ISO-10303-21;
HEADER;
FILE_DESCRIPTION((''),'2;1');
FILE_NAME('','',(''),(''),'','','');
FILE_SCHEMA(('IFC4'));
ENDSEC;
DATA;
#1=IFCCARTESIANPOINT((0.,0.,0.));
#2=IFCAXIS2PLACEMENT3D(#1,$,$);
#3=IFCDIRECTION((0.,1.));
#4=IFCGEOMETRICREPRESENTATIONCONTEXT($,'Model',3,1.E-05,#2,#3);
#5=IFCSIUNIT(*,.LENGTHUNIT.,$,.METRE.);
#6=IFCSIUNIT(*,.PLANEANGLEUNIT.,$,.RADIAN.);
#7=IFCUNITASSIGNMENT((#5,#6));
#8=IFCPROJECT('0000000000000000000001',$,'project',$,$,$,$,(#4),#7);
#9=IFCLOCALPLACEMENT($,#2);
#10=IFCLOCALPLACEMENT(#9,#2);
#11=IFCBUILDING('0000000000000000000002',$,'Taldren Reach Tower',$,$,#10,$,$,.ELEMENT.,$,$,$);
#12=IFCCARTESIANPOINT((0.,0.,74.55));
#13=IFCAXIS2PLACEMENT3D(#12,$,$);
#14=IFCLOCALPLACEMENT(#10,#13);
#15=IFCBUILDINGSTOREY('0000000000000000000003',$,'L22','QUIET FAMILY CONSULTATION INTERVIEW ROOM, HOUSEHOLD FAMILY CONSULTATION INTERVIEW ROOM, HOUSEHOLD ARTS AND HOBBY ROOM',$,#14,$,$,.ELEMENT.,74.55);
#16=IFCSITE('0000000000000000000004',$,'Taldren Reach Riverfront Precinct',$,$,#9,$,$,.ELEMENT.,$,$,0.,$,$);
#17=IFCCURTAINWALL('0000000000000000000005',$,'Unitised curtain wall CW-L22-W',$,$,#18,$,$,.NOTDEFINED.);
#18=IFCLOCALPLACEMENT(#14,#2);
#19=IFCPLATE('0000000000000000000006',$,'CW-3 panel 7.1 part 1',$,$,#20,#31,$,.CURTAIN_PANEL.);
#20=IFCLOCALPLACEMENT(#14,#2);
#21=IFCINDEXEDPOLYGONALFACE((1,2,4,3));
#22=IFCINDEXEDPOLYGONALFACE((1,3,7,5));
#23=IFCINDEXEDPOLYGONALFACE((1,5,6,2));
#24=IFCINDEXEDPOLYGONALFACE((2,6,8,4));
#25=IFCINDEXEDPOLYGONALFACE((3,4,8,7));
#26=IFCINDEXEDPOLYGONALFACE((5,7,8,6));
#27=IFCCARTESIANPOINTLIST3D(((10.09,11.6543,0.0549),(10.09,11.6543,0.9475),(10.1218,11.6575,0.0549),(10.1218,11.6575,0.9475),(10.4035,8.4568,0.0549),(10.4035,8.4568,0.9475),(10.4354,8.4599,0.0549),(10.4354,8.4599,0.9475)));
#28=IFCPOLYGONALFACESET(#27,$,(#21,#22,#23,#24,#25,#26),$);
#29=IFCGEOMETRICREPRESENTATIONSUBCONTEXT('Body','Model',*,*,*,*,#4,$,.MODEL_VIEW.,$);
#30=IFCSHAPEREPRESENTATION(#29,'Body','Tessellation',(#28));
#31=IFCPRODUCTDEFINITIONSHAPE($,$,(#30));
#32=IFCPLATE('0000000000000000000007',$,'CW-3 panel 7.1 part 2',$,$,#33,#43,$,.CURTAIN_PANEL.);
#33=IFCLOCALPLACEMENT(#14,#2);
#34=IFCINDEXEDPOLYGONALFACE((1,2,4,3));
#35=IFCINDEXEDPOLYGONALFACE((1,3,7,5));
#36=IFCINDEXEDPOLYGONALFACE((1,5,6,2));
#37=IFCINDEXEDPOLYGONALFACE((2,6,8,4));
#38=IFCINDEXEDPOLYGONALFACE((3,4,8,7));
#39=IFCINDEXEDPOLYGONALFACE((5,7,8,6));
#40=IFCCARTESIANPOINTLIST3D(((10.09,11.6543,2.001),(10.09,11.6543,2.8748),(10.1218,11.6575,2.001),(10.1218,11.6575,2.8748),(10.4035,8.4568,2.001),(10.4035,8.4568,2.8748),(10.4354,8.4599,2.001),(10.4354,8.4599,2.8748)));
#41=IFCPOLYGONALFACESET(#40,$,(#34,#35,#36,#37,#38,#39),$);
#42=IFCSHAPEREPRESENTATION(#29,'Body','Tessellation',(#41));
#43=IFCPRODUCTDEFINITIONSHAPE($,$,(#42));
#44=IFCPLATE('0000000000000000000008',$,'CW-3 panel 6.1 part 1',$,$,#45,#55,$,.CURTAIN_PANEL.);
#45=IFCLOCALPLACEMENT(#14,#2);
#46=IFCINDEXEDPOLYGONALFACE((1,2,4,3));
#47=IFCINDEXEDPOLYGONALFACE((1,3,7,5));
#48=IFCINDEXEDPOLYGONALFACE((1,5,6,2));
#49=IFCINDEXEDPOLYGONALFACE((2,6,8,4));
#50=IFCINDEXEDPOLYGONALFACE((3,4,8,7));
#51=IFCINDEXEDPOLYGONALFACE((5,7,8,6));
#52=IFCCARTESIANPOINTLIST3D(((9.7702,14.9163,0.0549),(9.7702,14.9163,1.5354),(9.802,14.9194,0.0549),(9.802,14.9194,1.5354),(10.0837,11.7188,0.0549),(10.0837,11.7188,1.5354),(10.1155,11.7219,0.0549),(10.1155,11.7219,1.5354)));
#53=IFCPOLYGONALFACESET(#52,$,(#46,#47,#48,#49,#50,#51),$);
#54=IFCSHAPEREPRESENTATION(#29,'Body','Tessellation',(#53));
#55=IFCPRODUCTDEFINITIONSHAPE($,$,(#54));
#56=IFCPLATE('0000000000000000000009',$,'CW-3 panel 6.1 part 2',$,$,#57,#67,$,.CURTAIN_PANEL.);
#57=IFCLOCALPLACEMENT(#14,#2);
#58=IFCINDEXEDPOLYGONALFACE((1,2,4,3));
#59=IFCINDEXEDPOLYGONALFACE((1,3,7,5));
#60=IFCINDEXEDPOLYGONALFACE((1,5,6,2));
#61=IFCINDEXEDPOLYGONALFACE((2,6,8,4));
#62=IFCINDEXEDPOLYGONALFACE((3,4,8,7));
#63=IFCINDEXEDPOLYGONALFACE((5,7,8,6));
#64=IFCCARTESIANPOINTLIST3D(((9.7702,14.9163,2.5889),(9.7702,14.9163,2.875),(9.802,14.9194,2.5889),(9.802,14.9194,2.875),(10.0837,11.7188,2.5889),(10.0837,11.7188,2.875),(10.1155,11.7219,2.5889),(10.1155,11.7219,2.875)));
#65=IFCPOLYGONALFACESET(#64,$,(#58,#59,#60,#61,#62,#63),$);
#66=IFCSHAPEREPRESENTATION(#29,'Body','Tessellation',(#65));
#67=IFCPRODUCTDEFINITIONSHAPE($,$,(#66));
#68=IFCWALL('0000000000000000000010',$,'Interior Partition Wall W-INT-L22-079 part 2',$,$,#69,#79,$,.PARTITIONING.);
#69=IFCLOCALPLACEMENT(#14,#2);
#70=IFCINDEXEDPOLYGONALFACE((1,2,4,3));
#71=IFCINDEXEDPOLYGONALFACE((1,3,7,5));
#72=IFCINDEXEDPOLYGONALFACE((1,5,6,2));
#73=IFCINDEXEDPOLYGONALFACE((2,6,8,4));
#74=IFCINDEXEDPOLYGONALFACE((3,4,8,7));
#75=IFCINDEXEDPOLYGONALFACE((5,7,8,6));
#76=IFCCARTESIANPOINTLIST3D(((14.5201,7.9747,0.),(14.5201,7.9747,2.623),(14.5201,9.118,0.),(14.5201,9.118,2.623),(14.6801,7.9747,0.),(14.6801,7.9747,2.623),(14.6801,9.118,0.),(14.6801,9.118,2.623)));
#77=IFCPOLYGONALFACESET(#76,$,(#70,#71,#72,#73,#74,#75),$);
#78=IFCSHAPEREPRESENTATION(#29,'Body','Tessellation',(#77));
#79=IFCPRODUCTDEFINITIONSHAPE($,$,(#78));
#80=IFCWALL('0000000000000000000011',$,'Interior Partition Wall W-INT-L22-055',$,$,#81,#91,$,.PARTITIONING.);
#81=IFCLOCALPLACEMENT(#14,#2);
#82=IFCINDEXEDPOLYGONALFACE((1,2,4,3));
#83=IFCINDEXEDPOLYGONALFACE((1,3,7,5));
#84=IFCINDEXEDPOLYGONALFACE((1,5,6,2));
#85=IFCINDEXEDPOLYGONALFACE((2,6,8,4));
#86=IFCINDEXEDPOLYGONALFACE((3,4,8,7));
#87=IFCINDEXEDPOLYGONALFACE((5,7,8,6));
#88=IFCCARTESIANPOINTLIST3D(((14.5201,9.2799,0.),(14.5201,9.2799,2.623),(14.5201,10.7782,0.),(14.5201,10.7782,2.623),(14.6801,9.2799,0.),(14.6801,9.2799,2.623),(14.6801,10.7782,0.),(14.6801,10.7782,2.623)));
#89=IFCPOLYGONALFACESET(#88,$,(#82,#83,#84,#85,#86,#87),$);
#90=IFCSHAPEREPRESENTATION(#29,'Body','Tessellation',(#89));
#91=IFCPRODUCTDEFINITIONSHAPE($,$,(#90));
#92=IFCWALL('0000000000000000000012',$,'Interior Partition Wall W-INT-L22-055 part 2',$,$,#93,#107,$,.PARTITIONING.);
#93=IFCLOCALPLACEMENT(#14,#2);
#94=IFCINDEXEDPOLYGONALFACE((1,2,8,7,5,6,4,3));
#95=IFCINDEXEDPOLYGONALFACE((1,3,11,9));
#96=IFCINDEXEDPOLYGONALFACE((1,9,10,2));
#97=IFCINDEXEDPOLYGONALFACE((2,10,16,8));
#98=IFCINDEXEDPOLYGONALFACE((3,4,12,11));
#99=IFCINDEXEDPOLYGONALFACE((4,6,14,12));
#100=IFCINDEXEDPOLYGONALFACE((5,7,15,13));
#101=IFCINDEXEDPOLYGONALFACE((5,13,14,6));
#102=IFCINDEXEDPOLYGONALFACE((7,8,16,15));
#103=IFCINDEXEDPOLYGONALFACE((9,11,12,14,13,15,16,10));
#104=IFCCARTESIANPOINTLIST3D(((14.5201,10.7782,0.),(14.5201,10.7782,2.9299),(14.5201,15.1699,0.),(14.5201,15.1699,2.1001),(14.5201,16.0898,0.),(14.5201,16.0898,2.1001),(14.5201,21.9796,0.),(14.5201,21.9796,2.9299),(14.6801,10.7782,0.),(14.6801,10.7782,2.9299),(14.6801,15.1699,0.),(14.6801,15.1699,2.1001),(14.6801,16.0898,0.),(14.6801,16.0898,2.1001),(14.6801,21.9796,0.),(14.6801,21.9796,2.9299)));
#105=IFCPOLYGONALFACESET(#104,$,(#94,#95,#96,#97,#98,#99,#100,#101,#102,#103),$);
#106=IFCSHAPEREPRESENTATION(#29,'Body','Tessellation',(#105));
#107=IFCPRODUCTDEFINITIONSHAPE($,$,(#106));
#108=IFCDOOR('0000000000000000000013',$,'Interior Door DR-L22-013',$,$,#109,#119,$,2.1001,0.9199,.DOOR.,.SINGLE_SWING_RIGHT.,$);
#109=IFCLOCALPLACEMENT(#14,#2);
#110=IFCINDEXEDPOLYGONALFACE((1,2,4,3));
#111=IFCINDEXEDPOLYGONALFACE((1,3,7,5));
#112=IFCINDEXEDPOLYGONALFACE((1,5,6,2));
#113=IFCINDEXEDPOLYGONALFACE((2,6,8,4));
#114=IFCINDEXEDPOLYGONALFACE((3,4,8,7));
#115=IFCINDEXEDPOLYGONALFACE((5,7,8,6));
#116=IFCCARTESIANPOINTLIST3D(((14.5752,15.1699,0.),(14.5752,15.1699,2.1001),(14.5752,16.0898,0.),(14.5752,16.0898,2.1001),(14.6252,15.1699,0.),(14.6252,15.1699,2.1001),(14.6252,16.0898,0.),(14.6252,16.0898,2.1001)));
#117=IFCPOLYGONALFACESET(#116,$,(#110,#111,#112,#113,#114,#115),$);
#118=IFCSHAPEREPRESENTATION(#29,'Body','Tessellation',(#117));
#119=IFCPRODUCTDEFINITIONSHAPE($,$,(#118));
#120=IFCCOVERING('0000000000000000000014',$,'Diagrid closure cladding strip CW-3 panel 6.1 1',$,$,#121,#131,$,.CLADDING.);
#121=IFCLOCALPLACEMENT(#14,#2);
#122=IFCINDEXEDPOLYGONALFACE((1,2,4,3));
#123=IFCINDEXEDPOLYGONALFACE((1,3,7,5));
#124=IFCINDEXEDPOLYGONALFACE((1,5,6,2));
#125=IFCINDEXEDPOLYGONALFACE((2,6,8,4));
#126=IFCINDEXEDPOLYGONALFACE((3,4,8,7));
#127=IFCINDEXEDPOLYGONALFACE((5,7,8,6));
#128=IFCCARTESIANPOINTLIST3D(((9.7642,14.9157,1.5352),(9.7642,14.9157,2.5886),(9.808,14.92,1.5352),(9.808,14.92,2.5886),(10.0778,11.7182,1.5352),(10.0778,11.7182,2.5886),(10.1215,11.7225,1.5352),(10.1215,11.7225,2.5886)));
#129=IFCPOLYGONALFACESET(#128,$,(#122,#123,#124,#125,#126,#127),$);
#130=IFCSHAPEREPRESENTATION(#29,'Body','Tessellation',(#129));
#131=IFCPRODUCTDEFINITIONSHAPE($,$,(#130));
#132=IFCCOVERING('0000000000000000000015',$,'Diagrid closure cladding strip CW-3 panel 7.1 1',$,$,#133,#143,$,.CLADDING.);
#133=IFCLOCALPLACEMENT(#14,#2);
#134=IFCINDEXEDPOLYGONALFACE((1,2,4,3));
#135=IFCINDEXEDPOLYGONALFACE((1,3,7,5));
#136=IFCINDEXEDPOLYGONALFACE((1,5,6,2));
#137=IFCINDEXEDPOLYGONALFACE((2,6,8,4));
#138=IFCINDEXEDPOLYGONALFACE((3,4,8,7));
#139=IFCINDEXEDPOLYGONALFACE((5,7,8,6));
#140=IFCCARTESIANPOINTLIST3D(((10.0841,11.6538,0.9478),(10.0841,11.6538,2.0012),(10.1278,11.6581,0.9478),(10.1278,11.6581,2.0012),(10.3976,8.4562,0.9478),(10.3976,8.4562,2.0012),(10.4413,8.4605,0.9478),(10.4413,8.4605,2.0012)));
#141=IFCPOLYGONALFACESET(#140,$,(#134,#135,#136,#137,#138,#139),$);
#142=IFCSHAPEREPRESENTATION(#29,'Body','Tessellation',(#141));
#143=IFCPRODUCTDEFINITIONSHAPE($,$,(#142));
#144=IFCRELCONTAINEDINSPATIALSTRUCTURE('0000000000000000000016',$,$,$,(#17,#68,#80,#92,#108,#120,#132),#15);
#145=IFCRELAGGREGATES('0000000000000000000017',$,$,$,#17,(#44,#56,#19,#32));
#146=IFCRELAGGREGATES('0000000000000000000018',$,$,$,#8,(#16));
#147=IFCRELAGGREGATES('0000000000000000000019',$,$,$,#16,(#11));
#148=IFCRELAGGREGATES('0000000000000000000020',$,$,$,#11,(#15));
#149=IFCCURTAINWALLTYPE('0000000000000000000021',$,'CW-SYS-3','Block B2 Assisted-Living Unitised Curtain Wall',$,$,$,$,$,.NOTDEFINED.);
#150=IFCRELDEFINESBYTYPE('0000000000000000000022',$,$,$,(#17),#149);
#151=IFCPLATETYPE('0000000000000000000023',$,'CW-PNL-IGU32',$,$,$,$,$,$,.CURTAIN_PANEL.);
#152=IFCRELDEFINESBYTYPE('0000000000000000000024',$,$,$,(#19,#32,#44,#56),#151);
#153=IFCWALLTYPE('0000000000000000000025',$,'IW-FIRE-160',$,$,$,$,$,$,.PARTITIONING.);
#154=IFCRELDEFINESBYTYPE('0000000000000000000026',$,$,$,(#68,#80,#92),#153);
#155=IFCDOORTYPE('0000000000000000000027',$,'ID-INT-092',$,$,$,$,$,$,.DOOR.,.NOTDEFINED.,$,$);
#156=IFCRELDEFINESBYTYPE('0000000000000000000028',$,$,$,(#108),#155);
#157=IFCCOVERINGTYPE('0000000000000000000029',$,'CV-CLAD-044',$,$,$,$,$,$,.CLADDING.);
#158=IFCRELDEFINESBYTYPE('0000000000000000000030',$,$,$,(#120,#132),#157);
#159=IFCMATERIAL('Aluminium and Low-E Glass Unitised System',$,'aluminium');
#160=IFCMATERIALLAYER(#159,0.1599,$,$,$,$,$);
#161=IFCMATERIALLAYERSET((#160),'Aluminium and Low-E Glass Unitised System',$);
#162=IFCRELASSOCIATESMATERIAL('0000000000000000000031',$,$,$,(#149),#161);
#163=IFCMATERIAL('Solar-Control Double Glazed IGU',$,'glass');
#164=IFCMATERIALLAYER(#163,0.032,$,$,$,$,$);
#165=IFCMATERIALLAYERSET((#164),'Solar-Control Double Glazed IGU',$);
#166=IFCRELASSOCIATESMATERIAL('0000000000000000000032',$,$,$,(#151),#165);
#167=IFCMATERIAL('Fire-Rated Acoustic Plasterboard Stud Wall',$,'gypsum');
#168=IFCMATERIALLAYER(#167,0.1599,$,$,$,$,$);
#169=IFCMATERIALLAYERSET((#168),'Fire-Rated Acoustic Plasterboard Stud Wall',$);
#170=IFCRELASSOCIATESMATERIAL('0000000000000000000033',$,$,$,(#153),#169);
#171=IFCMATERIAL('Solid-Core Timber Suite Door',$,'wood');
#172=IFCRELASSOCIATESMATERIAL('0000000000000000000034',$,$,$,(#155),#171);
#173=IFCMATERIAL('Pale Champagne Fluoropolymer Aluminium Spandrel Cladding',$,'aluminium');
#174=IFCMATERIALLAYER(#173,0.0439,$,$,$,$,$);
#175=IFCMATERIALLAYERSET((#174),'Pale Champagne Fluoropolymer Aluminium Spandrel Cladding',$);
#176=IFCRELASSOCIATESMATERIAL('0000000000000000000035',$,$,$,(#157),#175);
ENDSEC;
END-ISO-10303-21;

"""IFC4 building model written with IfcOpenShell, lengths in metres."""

from ifc_helpers import new_model, si_unit, direction, frame, frame_2d, origin, origin_2d, place, context, subcontext, project, spatial, rectangle, extrude, source, transform, mapped, material, layer, layer_set, type_object, element, fill, aggregate, save


model = new_model("IFC4")

# Units and contexts
model_context = context("Model", 3, precision=1e-05, world=origin(), true_north=direction((0.0, 1.0)))
body_context = subcontext(model_context, "Body", "Model", "MODEL_VIEW")
ifc_project = project(units=[si_unit("LENGTHUNIT", "METRE"), si_unit("PLANEANGLEUNIT", "RADIAN")], contexts=[model_context])

# Site, building, storey
site_placement = place(None, origin())
site = spatial("IfcSite", under=ifc_project, at=site_placement, Name="Taldren Reach Riverfront Precinct", CompositionType="ELEMENT", RefElevation=0.0)
building_placement = place(site_placement, origin())
building = spatial("IfcBuilding", under=site, at=building_placement, Name="Taldren Reach Tower", CompositionType="ELEMENT")
storey_placement = place(building_placement, frame((0.0, 0.0, 74.55)))
storey = spatial("IfcBuildingStorey", under=building, at=storey_placement, Name="L22", Description="QUIET FAMILY CONSULTATION INTERVIEW ROOM, HOUSEHOLD FAMILY CONSULTATION INTERVIEW ROOM, HOUSEHOLD ARTS AND HOBBY ROOM", CompositionType="ELEMENT", Elevation=74.55)

# Curtain wall, plates
ifc_material_1 = material(Name="Aluminium and Low-E Glass Unitised System", Category="aluminium")
ifc_layer_1 = layer(ifc_material_1, 0.1599)
ifc_layer_set_1 = layer_set([ifc_layer_1], Name="Aluminium and Low-E Glass Unitised System")
curtain_wall_type = type_object("IfcCurtainWallType", Name="CW-SYS-3", Description="Block B2 Assisted-Living Unitised Curtain Wall", PredefinedType="NOTDEFINED", material=ifc_layer_set_1)
curtain_wall_placement = place(storey_placement, origin())
curtain_wall = element("IfcCurtainWall", 1, at=curtain_wall_placement, inside=storey, type_object=curtain_wall_type, Name="Unitised curtain wall CW-L22-W", PredefinedType="NOTDEFINED")
ifc_material_2 = material(Name="Solar-Control Double Glazed IGU", Category="glass")
ifc_layer_2 = layer(ifc_material_2, 0.032)
ifc_layer_set_2 = layer_set([ifc_layer_2], Name="Solar-Control Double Glazed IGU")
plate_type = type_object("IfcPlateType", Name="CW-PNL-IGU32", PredefinedType="CURTAIN_PANEL", material=ifc_layer_set_2)
shared_shape_1 = source(origin(), body_context, "Body", "SweptSolid", [
    extrude(rectangle(XDim=3.2129, YDim=0.032, at=origin_2d()), origin(), (0.0, 0.0, 1.0), 0.8926),
])
plate_1_placement = place(storey_placement, frame((10.2627, 10.0571, 0.0549), z_axis=(0.0, 0.0, 1.0), x_axis=(0.097583, -0.995227, 0.0)))
plate_1 = element("IfcPlate", 2, at=plate_1_placement, type_object=plate_type, Name="CW-3 panel 7.1 part 1", PredefinedType="CURTAIN_PANEL", context=body_context, shape_type="MappedRepresentation", body=[
    mapped(shared_shape_1, transform((0.0, 0.0, 0.0), scale=1.0)),
])
shared_shape_2 = source(origin(), body_context, "Body", "SweptSolid", [
    extrude(rectangle(XDim=3.2129, YDim=0.032, at=origin_2d()), origin(), (0.0, 0.0, 1.0), 0.8738),
])
plate_2_placement = place(storey_placement, frame((10.2627, 10.0571, 2.001), z_axis=(0.0, 0.0, 1.0), x_axis=(0.097583, -0.995227, 0.0)))
plate_2 = element("IfcPlate", 3, at=plate_2_placement, type_object=plate_type, Name="CW-3 panel 7.1 part 2", PredefinedType="CURTAIN_PANEL", context=body_context, shape_type="MappedRepresentation", body=[
    mapped(shared_shape_2, transform((0.0, 0.0, 0.0), scale=1.0)),
])
shared_shape_3 = source(origin(), body_context, "Body", "SweptSolid", [
    extrude(rectangle(XDim=3.2129, YDim=0.032, at=origin_2d()), origin(), (0.0, 0.0, 1.0), 1.4805),
])
plate_3_placement = place(storey_placement, frame((9.9429, 13.3191, 0.0549), z_axis=(0.0, 0.0, 1.0), x_axis=(0.097583, -0.995227, 0.0)))
plate_3 = element("IfcPlate", 4, at=plate_3_placement, type_object=plate_type, Name="CW-3 panel 6.1 part 1", PredefinedType="CURTAIN_PANEL", context=body_context, shape_type="MappedRepresentation", body=[
    mapped(shared_shape_3, transform((0.0, 0.0, 0.0), scale=1.0)),
])
shared_shape_4 = source(origin(), body_context, "Body", "SweptSolid", [
    extrude(rectangle(XDim=3.2129, YDim=0.032, at=origin_2d()), origin(), (0.0, 0.0, 1.0), 0.2861),
])
plate_4_placement = place(storey_placement, frame((9.9429, 13.3191, 2.5889), z_axis=(0.0, 0.0, 1.0), x_axis=(0.097583, -0.995227, 0.0)))
plate_4 = element("IfcPlate", 5, at=plate_4_placement, type_object=plate_type, Name="CW-3 panel 6.1 part 2", PredefinedType="CURTAIN_PANEL", context=body_context, shape_type="MappedRepresentation", body=[
    mapped(shared_shape_4, transform((0.0, 0.0, 0.0), scale=1.0)),
])
aggregate(curtain_wall, [plate_3, plate_4, plate_1, plate_2])

# Walls
ifc_material_3 = material(Name="Fire-Rated Acoustic Plasterboard Stud Wall", Category="gypsum")
ifc_layer_3 = layer(ifc_material_3, 0.1599)
ifc_layer_set_3 = layer_set([ifc_layer_3], Name="Fire-Rated Acoustic Plasterboard Stud Wall")
wall_type = type_object("IfcWallType", Name="IW-FIRE-160", PredefinedType="PARTITIONING", material=ifc_layer_set_3)
shared_shape_5 = source(origin(), body_context, "Body", "SweptSolid", [
    extrude(rectangle(XDim=1.1433, YDim=0.1599, at=frame_2d((0.5718, 0.0))), origin(), (0.0, 0.0, 1.0), 2.623),
])
wall_1_placement = place(storey_placement, frame((14.6001, 7.9746, 0.0), z_axis=(0.0, 0.0, 1.0), x_axis=(0.0, 1.0, 0.0)))
element("IfcWall", 6, at=wall_1_placement, inside=storey, type_object=wall_type, Name="Interior Partition Wall W-INT-L22-079 part 2", PredefinedType="PARTITIONING", context=body_context, shape_type="MappedRepresentation", body=[
    mapped(shared_shape_5, transform((0.0, 0.0, 0.0), scale=1.0)),
])
shared_shape_6 = source(origin(), body_context, "Body", "SweptSolid", [
    extrude(rectangle(XDim=1.4983, YDim=0.1599, at=frame_2d((0.749, 0.0))), origin(), (0.0, 0.0, 1.0), 2.623),
])
wall_2_placement = place(storey_placement, frame((14.6001, 9.28, 0.0), z_axis=(0.0, 0.0, 1.0), x_axis=(0.0, 1.0, 0.0)))
element("IfcWall", 7, at=wall_2_placement, inside=storey, type_object=wall_type, Name="Interior Partition Wall W-INT-L22-055", PredefinedType="PARTITIONING", context=body_context, shape_type="MappedRepresentation", body=[
    mapped(shared_shape_6, transform((0.0, 0.0, 0.0), scale=1.0)),
])

# Wall, opening, door
shared_shape_7 = source(origin(), body_context, "Body", "SweptSolid", [
    extrude(rectangle(XDim=11.2014, YDim=0.1599, at=frame_2d((5.6006, 0.0))), origin(), (0.0, 0.0, 1.0), 2.9299),
])
wall_3_placement = place(storey_placement, frame((14.6001, 10.7783, 0.0), z_axis=(0.0, 0.0, 1.0), x_axis=(0.0, 1.0, 0.0)))
wall_3 = element("IfcWall", 8, at=wall_3_placement, inside=storey, type_object=wall_type, Name="Interior Partition Wall W-INT-L22-055 part 2", PredefinedType="PARTITIONING", context=body_context, shape_type="MappedRepresentation", body=[
    mapped(shared_shape_7, transform((0.0, 0.0, 0.0), scale=1.0)),
])
shared_shape_8 = source(origin(), body_context, "Body", "SweptSolid", [
    extrude(rectangle(XDim=0.9199, YDim=2.1001, at=frame_2d((0.46, 1.05))), frame((0.0, 0.0898, 0.0), z_axis=(0.0, -1.0, 0.0), x_axis=(1.0, 0.0, 0.0)), (0.0, 0.0, 1.0), 0.1799),
])
opening_placement = place(wall_3_placement, frame((4.3916, 0.0, 0.0)))
opening = element("IfcOpeningElement", 9, at=opening_placement, cuts=wall_3, PredefinedType="OPENING", context=body_context, shape_type="MappedRepresentation", body=[
    mapped(shared_shape_8, transform((0.0, 0.0, 0.0), scale=1.0)),
])
ifc_material_4 = material(Name="Solid-Core Timber Suite Door", Category="wood")
door_type = type_object("IfcDoorType", Name="ID-INT-092", OperationType="NOTDEFINED", PredefinedType="DOOR", material=ifc_material_4)
shared_shape_9 = source(origin(), body_context, "Body", "SweptSolid", [
    extrude(rectangle(XDim=0.9199, YDim=2.1001, at=frame_2d((0.46, 1.05))), frame((0.0, 0.0249, 0.0), z_axis=(0.0, -1.0, 0.0), x_axis=(1.0, 0.0, 0.0)), (0.0, 0.0, 1.0), 0.05),
])
door_placement = place(opening_placement, origin())
door = element("IfcDoor", 10, at=door_placement, inside=storey, type_object=door_type, Name="Interior Door DR-L22-013", OperationType="SINGLE_SWING_RIGHT", OverallHeight=2.1001, OverallWidth=0.9199, PredefinedType="DOOR", context=body_context, shape_type="MappedRepresentation", body=[
    mapped(shared_shape_9, transform((0.0, 0.0, 0.0), scale=1.0)),
])
fill(opening, door)

# Coverings
ifc_material_5 = material(Name="Pale Champagne Fluoropolymer Aluminium Spandrel Cladding", Category="aluminium")
ifc_layer_4 = layer(ifc_material_5, 0.0439)
ifc_layer_set_4 = layer_set([ifc_layer_4], Name="Pale Champagne Fluoropolymer Aluminium Spandrel Cladding")
covering_type = type_object("IfcCoveringType", Name="CV-CLAD-044", PredefinedType="CLADDING", material=ifc_layer_set_4)
shared_shape_10 = source(origin(), body_context, "Body", "SweptSolid", [
    extrude(rectangle(XDim=3.2129, YDim=0.0439, at=origin_2d()), origin(), (0.0, 0.0, 1.0), 1.0535),
])
for number, where, z_axis, x_axis, name in (
    (11, (9.9429, 13.3191, 1.5352), (0.0, 0.0, 1.0), (0.097583, -0.995227, 0.0), "Diagrid closure cladding strip CW-3 panel 6.1 1"),
    (12, (10.2627, 10.0571, 0.9478), (0.0, 0.0, 1.0), (0.097583, -0.995227, 0.0), "Diagrid closure cladding strip CW-3 panel 7.1 1"),
):
    element("IfcCovering", number, at=place(storey_placement, frame(where, z_axis=z_axis, x_axis=x_axis)), inside=storey, type_object=covering_type, Name=name, PredefinedType="CLADDING", context=body_context, shape_type="MappedRepresentation", body=[
        mapped(shared_shape_10, transform((0.0, 0.0, 0.0), scale=1.0)),
    ])

save(model, "model.ifc")
